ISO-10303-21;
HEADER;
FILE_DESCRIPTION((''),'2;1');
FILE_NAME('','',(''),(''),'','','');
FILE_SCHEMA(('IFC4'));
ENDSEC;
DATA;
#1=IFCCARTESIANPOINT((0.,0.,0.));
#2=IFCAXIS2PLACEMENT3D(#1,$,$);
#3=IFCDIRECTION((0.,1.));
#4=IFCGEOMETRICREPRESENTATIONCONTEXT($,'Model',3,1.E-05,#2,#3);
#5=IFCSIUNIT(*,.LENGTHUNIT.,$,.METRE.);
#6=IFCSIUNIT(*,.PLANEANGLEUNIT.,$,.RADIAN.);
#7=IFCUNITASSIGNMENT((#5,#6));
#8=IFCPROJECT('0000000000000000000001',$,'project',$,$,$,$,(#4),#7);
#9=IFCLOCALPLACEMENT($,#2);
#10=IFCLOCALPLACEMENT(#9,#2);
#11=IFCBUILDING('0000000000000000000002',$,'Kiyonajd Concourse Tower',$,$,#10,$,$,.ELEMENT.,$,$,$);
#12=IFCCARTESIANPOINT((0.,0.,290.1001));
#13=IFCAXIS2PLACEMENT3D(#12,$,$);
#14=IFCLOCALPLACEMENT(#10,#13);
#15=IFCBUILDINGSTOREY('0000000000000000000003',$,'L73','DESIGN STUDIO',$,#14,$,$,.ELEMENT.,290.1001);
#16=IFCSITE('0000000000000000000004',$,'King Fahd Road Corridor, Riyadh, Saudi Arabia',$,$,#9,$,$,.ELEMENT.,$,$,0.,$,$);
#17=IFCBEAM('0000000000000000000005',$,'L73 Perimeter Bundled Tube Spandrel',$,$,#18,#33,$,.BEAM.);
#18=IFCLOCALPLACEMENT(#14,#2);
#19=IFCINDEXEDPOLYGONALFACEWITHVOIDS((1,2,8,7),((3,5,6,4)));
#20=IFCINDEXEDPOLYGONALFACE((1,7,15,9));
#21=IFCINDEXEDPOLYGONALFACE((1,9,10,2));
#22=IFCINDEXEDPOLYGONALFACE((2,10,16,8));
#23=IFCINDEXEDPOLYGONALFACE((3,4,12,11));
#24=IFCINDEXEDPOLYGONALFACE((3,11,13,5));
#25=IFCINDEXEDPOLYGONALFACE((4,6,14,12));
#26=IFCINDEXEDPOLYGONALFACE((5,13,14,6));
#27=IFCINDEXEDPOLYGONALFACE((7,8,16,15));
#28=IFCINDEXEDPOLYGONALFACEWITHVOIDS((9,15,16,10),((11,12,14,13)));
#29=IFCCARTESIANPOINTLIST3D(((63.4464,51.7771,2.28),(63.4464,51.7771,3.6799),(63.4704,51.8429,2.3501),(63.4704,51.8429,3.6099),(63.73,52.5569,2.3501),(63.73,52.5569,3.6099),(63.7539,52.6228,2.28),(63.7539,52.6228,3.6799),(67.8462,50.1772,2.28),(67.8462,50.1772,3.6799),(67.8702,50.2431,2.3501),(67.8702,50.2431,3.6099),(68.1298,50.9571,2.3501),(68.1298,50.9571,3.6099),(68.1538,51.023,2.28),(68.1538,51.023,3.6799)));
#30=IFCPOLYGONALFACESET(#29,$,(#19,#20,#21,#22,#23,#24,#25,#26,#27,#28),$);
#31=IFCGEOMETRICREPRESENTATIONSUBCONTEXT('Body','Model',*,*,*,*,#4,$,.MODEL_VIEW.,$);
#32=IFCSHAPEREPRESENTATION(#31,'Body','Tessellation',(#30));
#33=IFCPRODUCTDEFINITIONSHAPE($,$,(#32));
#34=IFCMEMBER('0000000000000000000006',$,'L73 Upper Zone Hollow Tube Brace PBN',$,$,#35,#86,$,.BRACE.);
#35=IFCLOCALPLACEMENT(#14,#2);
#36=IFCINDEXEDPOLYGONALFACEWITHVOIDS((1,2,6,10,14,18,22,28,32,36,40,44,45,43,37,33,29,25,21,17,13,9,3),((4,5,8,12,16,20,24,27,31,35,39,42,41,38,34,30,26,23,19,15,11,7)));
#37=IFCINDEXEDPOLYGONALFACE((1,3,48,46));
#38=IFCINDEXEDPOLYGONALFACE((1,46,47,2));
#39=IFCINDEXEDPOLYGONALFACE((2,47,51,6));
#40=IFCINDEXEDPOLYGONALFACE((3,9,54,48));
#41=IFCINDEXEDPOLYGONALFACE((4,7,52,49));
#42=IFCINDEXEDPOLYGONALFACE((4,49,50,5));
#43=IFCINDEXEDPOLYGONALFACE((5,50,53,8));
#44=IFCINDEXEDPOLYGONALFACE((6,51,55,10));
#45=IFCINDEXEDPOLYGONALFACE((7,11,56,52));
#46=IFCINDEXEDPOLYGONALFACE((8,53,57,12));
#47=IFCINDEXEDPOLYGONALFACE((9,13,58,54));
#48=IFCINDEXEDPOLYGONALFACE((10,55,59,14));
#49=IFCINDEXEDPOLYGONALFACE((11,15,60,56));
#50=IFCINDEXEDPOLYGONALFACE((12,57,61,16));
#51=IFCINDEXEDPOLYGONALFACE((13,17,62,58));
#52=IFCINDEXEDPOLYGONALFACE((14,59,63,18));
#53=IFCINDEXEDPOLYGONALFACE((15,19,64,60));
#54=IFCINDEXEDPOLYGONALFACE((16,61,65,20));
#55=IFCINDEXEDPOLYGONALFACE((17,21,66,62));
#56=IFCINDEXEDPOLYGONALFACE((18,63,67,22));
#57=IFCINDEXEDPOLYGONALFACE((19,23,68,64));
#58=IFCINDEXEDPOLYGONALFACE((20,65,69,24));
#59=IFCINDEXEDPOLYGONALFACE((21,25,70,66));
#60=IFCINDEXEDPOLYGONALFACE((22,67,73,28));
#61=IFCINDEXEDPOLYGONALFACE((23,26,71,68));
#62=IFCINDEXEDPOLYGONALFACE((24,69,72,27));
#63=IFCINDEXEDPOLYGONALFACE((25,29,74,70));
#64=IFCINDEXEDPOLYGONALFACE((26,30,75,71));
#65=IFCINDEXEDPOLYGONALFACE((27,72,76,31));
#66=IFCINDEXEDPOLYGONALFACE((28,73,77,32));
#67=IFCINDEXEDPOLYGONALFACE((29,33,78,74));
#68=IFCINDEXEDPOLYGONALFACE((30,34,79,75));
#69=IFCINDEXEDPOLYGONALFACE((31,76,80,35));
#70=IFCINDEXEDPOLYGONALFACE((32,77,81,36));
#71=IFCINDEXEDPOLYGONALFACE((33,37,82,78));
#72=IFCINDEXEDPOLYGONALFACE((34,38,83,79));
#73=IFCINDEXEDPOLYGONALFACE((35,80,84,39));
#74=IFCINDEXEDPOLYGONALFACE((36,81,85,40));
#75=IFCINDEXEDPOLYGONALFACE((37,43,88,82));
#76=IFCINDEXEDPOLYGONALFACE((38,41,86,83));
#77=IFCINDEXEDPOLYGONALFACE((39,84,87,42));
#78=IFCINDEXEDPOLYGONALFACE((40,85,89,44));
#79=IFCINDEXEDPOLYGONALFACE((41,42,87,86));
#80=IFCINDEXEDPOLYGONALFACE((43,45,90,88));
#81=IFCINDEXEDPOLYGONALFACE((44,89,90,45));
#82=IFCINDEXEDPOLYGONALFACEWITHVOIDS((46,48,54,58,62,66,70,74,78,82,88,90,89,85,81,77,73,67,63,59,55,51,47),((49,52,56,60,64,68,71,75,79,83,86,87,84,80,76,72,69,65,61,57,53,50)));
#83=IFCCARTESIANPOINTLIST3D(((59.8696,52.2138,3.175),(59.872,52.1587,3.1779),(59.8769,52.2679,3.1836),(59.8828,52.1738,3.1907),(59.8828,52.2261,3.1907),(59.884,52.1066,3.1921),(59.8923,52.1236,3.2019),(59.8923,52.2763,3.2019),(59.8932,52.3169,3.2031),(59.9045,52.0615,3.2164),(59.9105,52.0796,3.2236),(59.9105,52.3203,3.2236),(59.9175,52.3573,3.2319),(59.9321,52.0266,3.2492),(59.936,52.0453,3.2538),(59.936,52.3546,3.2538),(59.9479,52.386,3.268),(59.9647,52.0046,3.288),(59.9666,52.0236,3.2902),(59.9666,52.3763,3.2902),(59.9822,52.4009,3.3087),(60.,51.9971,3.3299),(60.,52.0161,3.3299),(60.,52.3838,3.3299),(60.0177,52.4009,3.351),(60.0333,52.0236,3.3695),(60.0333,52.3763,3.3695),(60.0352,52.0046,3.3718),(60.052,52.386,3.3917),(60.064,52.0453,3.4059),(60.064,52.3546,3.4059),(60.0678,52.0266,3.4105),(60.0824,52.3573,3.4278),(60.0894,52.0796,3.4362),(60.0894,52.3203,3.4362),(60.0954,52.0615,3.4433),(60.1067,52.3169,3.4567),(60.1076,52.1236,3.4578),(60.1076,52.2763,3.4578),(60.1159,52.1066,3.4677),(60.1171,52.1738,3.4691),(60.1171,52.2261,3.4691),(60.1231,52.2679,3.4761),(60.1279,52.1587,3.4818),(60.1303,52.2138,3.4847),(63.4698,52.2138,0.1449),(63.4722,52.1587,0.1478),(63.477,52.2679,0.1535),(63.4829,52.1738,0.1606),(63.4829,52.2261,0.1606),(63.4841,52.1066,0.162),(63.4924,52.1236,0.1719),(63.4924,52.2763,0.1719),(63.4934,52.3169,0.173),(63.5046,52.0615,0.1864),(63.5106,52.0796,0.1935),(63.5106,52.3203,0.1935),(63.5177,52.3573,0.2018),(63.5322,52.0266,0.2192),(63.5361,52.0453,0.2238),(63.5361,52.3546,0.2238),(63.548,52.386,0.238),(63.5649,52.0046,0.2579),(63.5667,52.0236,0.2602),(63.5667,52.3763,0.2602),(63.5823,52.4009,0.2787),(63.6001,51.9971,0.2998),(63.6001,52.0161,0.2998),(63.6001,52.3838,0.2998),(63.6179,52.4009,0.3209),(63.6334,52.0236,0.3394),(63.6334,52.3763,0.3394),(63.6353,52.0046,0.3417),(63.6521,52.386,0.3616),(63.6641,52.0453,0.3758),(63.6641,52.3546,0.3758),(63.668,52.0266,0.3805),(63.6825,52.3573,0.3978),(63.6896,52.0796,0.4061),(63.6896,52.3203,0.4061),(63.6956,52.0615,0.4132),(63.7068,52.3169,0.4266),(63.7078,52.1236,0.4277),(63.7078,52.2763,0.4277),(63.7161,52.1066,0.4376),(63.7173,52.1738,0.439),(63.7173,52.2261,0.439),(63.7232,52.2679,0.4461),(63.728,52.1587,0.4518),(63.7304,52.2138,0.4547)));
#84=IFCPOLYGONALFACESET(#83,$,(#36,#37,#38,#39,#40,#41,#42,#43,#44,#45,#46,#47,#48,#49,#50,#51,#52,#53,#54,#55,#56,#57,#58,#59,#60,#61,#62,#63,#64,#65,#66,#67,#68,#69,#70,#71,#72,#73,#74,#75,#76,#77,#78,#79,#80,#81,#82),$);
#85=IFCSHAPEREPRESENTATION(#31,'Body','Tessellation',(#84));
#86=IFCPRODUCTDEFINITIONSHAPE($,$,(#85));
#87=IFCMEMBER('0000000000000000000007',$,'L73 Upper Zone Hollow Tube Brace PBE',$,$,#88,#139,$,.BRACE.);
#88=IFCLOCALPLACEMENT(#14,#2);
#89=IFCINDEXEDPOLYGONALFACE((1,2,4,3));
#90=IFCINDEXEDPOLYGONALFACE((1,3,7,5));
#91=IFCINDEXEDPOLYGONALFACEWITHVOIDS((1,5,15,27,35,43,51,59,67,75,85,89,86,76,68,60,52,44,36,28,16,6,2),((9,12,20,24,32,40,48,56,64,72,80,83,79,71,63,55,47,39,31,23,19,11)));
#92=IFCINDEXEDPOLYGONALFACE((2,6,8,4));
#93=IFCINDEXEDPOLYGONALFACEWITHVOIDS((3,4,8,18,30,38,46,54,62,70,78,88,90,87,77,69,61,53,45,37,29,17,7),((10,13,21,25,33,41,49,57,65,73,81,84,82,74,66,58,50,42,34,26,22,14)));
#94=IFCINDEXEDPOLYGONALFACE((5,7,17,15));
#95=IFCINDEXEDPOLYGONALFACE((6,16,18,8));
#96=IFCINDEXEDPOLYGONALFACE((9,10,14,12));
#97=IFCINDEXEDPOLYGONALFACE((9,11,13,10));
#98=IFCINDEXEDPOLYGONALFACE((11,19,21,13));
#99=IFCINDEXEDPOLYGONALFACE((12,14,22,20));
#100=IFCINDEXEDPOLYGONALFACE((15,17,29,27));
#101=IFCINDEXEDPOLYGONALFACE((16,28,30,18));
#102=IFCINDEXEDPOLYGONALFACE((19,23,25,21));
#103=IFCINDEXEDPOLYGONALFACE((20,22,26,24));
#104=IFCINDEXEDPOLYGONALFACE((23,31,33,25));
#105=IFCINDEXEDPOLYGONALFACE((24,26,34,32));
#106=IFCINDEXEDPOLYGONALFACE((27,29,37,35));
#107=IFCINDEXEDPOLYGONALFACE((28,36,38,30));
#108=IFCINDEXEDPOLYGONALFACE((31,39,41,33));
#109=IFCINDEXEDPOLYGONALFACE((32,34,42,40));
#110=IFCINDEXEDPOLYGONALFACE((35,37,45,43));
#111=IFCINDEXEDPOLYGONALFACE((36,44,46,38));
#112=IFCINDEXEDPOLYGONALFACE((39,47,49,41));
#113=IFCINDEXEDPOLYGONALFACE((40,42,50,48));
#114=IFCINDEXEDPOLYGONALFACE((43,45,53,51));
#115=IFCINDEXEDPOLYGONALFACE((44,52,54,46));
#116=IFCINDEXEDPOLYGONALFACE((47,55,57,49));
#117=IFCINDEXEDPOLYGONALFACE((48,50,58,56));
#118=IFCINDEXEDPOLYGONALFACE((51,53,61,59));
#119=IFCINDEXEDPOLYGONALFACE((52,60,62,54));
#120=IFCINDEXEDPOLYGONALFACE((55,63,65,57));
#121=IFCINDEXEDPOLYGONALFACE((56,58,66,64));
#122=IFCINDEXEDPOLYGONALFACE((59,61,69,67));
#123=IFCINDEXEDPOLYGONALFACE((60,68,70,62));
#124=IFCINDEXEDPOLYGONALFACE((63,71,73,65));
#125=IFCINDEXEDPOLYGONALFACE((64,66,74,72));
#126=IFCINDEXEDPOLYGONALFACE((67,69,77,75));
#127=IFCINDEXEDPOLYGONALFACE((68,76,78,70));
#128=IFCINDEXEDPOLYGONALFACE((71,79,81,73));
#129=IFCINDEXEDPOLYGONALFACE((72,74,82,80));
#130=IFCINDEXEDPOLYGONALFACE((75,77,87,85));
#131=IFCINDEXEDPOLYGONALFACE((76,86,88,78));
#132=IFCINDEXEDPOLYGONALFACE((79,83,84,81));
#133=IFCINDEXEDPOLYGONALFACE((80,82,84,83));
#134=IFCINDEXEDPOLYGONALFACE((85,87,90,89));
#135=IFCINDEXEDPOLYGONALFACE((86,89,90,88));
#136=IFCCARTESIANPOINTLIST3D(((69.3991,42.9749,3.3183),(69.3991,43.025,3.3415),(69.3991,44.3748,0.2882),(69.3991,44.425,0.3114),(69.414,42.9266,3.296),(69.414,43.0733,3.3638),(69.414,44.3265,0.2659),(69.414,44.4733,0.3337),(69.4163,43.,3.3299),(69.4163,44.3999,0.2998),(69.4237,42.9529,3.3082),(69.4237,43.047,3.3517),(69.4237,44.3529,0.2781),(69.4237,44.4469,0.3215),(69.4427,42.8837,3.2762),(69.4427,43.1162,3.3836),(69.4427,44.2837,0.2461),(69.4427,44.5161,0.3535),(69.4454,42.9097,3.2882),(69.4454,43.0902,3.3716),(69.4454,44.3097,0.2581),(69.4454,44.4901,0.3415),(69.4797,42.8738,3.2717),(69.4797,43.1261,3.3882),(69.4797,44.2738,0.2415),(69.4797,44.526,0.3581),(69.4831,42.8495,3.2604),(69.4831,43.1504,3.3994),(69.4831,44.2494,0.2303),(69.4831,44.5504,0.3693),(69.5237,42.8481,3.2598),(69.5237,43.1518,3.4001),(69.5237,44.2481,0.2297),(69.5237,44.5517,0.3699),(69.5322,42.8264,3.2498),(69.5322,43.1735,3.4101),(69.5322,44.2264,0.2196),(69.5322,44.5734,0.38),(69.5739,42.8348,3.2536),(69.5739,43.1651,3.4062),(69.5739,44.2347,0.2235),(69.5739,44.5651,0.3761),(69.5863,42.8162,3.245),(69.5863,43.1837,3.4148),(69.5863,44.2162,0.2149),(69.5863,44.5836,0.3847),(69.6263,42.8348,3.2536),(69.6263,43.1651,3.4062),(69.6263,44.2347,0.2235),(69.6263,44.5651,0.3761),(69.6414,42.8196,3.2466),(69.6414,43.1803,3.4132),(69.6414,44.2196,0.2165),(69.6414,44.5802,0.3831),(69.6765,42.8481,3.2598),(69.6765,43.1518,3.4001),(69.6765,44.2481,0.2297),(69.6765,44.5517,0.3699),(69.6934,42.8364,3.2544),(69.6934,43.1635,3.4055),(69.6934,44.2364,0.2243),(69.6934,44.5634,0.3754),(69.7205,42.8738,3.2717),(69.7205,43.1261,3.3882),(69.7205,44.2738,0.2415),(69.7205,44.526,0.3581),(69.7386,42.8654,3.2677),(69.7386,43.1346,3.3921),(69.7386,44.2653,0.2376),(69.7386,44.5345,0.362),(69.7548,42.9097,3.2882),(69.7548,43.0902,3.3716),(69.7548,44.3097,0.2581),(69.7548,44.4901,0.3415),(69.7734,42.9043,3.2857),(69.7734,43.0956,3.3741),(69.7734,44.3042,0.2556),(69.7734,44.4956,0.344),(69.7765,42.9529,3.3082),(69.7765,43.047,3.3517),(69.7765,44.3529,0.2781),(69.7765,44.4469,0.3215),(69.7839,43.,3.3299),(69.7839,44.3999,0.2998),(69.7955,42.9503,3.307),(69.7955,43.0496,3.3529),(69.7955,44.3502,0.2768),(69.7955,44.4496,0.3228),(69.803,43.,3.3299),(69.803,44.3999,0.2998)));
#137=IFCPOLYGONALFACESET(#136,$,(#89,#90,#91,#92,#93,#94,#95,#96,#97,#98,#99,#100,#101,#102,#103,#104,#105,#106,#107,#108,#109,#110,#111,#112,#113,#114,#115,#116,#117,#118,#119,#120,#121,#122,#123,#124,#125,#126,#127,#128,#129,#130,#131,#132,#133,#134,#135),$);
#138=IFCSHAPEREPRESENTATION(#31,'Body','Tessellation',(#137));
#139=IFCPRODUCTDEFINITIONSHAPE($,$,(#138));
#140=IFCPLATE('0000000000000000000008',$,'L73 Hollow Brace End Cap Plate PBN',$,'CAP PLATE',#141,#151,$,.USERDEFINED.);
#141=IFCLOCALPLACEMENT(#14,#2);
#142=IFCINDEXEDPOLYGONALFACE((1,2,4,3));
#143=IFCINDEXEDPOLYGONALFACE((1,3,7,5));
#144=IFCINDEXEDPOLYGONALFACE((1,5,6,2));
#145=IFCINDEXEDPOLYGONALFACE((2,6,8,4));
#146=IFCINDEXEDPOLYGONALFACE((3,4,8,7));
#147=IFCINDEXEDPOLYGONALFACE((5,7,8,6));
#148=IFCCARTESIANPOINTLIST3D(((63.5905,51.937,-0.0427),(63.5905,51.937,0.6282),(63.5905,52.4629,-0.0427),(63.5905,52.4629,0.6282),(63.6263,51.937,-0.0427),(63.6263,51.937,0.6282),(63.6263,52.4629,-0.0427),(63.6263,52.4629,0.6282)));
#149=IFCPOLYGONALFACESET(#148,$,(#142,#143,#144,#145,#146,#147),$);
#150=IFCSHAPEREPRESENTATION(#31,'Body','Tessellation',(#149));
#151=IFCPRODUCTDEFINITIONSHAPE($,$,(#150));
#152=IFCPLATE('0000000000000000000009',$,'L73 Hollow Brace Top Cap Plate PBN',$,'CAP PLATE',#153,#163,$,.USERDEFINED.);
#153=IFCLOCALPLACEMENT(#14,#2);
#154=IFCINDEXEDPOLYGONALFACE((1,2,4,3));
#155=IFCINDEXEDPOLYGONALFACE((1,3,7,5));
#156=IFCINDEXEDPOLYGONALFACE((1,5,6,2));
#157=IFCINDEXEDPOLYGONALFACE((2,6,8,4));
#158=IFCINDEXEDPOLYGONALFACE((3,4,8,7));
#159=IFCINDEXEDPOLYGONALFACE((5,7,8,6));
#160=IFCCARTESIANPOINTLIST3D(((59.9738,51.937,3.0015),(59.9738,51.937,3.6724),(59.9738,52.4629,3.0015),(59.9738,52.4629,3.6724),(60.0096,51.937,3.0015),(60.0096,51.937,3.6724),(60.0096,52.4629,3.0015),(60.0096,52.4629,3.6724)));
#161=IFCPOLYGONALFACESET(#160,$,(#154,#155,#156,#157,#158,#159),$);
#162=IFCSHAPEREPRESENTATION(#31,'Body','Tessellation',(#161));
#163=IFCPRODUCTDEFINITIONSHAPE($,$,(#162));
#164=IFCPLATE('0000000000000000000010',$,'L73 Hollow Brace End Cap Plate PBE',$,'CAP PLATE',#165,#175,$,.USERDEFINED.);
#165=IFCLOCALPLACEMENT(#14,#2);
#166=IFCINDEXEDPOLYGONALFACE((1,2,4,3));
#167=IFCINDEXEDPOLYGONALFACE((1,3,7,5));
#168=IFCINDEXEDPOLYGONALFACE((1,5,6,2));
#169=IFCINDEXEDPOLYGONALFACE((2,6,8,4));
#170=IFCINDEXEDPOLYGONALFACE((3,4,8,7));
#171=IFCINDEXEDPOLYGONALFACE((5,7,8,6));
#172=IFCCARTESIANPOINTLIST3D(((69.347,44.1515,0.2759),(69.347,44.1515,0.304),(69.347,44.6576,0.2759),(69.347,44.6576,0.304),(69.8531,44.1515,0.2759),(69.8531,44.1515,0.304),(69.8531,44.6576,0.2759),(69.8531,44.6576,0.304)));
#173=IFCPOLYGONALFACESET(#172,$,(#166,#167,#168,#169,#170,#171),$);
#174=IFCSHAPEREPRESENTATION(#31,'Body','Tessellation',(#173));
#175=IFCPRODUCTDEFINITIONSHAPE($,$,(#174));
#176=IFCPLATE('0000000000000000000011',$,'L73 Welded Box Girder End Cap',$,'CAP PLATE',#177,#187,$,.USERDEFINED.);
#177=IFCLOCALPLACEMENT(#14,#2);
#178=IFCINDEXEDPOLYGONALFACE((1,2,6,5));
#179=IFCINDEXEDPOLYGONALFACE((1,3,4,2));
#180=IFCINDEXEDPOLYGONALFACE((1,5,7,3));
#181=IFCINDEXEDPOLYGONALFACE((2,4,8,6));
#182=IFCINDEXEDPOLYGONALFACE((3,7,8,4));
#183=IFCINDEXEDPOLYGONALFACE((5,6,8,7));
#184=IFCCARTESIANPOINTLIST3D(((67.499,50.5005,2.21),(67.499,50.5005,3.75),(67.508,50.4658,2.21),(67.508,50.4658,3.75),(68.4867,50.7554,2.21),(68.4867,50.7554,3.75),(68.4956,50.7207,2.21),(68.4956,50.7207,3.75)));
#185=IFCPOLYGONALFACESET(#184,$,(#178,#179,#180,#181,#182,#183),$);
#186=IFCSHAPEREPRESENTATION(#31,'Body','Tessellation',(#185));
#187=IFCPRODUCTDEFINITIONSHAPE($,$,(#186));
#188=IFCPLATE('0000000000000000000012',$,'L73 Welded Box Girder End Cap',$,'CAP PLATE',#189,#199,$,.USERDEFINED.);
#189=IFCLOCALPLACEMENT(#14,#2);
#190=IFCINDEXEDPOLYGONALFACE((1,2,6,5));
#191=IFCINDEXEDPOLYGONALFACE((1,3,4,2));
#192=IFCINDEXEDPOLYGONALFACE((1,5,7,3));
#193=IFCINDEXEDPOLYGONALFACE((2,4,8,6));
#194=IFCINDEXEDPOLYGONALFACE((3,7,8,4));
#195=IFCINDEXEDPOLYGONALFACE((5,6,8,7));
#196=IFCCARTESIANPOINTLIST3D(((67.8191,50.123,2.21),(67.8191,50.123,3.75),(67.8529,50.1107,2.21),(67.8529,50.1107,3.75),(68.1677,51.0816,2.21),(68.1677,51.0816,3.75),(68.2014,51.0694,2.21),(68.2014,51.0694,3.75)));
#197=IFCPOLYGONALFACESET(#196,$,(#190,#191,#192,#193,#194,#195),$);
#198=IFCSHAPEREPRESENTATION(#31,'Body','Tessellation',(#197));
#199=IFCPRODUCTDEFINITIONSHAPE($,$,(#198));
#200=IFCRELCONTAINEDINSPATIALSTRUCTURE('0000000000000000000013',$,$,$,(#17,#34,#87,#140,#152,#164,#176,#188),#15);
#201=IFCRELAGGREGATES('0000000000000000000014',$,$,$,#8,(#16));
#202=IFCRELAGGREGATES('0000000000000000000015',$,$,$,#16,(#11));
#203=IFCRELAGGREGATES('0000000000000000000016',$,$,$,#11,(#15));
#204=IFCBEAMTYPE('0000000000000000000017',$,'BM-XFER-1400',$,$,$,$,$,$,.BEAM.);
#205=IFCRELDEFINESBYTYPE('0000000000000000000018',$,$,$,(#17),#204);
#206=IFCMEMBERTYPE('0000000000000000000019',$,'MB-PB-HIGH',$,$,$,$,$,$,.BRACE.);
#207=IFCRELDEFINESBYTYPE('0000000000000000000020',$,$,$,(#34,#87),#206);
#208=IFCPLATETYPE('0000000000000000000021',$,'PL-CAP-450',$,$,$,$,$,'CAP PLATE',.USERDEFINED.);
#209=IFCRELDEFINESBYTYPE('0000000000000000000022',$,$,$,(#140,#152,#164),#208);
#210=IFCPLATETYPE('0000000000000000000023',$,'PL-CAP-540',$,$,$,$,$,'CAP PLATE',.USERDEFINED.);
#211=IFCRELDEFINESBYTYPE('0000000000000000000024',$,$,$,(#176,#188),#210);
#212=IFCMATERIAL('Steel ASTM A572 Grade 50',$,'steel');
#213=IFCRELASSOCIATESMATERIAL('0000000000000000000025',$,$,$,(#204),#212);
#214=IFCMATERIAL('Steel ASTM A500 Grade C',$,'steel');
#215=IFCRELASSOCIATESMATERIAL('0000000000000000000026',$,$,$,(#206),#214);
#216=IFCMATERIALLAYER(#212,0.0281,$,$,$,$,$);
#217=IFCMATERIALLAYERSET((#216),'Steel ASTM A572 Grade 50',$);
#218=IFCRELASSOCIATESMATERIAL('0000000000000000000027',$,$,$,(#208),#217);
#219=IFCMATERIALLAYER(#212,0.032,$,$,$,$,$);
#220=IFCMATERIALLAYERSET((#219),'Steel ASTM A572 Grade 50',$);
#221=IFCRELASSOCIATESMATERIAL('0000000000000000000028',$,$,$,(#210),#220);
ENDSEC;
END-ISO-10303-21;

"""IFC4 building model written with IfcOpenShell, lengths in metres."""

from ifc_helpers import new_model, si_unit, direction, frame, origin, origin_2d, place, context, subcontext, project, spatial, rectangle, hollow_rectangle, hollow_circle, extrude, material, layer, layer_set, material_profile, profile_set, type_object, element, save


model = new_model("IFC4")

# Units and contexts
model_context = context("Model", 3, precision=1e-05, world=origin(), true_north=direction((0.0, 1.0)))
body_context = subcontext(model_context, "Body", "Model", "MODEL_VIEW")
ifc_project = project(units=[si_unit("LENGTHUNIT", "METRE"), si_unit("PLANEANGLEUNIT", "RADIAN")], contexts=[model_context])

# Site, building, storey
site_placement = place(None, origin())
site = spatial("IfcSite", under=ifc_project, at=site_placement, Name="King Fahd Road Corridor, Riyadh, Saudi Arabia", CompositionType="ELEMENT", RefElevation=0.0)
building_placement = place(site_placement, origin())
building = spatial("IfcBuilding", under=site, at=building_placement, Name="Kiyonajd Concourse Tower", CompositionType="ELEMENT")
storey_placement = place(building_placement, frame((0.0, 0.0, 290.1001)))
storey = spatial("IfcBuildingStorey", under=building, at=storey_placement, Name="L73", Description="DESIGN STUDIO", CompositionType="ELEMENT", Elevation=290.1001)

# Beam
ifc_material_1 = material(Name="Steel ASTM A572 Grade 50", Category="steel")
ifc_material_profile_1 = material_profile(ifc_material_1, hollow_rectangle(XDim=0.8999, YDim=1.3999, WallThickness=0.0701, at=origin_2d()), Name="BOX-1400x900x70")
ifc_profile_set_1 = profile_set([ifc_material_profile_1], Name="Steel ASTM A572 Grade 50")
beam_type_1 = type_object("IfcBeamType", Name="BM-XFER-1400", PredefinedType="BEAM", material=ifc_profile_set_1)
beam_1_placement = place(storey_placement, frame((68.0, 50.6001, 2.98), z_axis=(-0.939801, 0.341722, 0.0), x_axis=(-0.341722, -0.939801, 0.0)))
element("IfcBeam", 1, at=beam_1_placement, inside=storey, type_object=beam_type_1, Name="L73 Perimeter Bundled Tube Spandrel", PredefinedType="BEAM", context=body_context, shape_type="SweptSolid", body=[
    extrude(hollow_rectangle(XDim=0.8999, YDim=1.3999, WallThickness=0.0701, at=origin_2d()), origin(), (0.0, 0.0, 1.0), 4.6816),
])

# Members
ifc_material_2 = material(Name="Steel ASTM A500 Grade C", Category="steel")
ifc_material_profile_2 = material_profile(ifc_material_2, hollow_circle(Radius=0.2029, WallThickness=0.019, at=origin_2d()), Name="CHS-406x19")
ifc_profile_set_2 = profile_set([ifc_material_profile_2], Name="Steel ASTM A500 Grade C")
member_type = type_object("IfcMemberType", Name="MB-PB-HIGH", PredefinedType="BRACE", material=ifc_profile_set_2)
member_1_placement = place(storey_placement, frame((63.6001, 52.2, 0.2998), z_axis=(-0.765082, 0.0, 0.643933), x_axis=(0.0, -1.0, 0.0)))
element("IfcMember", 2, at=member_1_placement, inside=storey, type_object=member_type, Name="L73 Upper Zone Hollow Tube Brace PBN", PredefinedType="BRACE", context=body_context, shape_type="SweptSolid", body=[
    extrude(hollow_circle(Radius=0.2029, WallThickness=0.019, at=origin_2d()), origin(), (0.0, 0.0, 1.0), 4.7056),
])
member_2_placement = place(storey_placement, frame((69.6001, 44.3999, 0.2998), z_axis=(0.0, -0.419411, 0.907797), x_axis=(1.0, 0.0, 0.0)))
element("IfcMember", 3, at=member_2_placement, inside=storey, type_object=member_type, Name="L73 Upper Zone Hollow Tube Brace PBE", PredefinedType="BRACE", context=body_context, shape_type="SweptSolid", body=[
    extrude(hollow_circle(Radius=0.2029, WallThickness=0.019, at=origin_2d()), origin(), (0.0, 0.0, 1.0), 3.3379),
])

# Plates
ifc_layer_1 = layer(ifc_material_1, 0.0281)
ifc_layer_set_1 = layer_set([ifc_layer_1], Name="Steel ASTM A572 Grade 50")
plate_type_1 = type_object("IfcPlateType", Name="PL-CAP-450", ElementType="CAP PLATE", PredefinedType="USERDEFINED", material=ifc_layer_set_1)
for number, where, z_axis, x_axis, name in (
    (4, (63.6084, 52.2, -0.0427), (0.0, 0.0, 1.0), (1.0, 0.0, 0.0), "L73 Hollow Brace End Cap Plate PBN"),
    (5, (59.9917, 52.2, 3.0015), (0.0, 0.0, 1.0), (-1.0, 0.0, 0.0), "L73 Hollow Brace Top Cap Plate PBN"),
):
    element("IfcPlate", number, at=place(storey_placement, frame(where, z_axis=z_axis, x_axis=x_axis)), inside=storey, type_object=plate_type_1, Name=name, ObjectType="CAP PLATE", PredefinedType="USERDEFINED", context=body_context, shape_type="SweptSolid", body=[
        extrude(rectangle(XDim=0.0359, YDim=0.5259, at=origin_2d()), origin(), (0.0, 0.0, 1.0), 0.6709),
    ])
plate_placement = place(storey_placement, frame((69.6001, 44.4045, 0.2759), z_axis=(0.0, 0.0, 1.0), x_axis=(1.0, 0.0, 0.0)))
element("IfcPlate", 6, at=plate_placement, inside=storey, type_object=plate_type_1, Name="L73 Hollow Brace End Cap Plate PBE", ObjectType="CAP PLATE", PredefinedType="USERDEFINED", context=body_context, shape_type="SweptSolid", body=[
    extrude(rectangle(XDim=0.5061, YDim=0.5061, at=origin_2d()), origin(), (0.0, 0.0, 1.0), 0.0281),
])
ifc_layer_2 = layer(ifc_material_1, 0.032)
ifc_layer_set_2 = layer_set([ifc_layer_2], Name="Steel ASTM A572 Grade 50")
plate_type_2 = type_object("IfcPlateType", Name="PL-CAP-540", ElementType="CAP PLATE", PredefinedType="USERDEFINED", material=ifc_layer_set_2)
for number, where, z_axis, x_axis, name in (
    (7, (67.9973, 50.6106, 2.21), (0.0, 0.0, 1.0), (-0.249873, 0.968279, 0.0), "L73 Welded Box Girder End Cap"),
    (8, (68.0103, 50.5962, 2.21), (0.0, 0.0, 1.0), (0.939812, -0.341692, 0.0), "L73 Welded Box Girder End Cap"),
):
    element("IfcPlate", number, at=place(storey_placement, frame(where, z_axis=z_axis, x_axis=x_axis)), inside=storey, type_object=plate_type_2, Name=name, ObjectType="CAP PLATE", PredefinedType="USERDEFINED", context=body_context, shape_type="SweptSolid", body=[
        extrude(rectangle(XDim=0.0359, YDim=1.02, at=origin_2d()), origin(), (0.0, 0.0, 1.0), 1.54),
    ])

save(model, "model.ifc")
